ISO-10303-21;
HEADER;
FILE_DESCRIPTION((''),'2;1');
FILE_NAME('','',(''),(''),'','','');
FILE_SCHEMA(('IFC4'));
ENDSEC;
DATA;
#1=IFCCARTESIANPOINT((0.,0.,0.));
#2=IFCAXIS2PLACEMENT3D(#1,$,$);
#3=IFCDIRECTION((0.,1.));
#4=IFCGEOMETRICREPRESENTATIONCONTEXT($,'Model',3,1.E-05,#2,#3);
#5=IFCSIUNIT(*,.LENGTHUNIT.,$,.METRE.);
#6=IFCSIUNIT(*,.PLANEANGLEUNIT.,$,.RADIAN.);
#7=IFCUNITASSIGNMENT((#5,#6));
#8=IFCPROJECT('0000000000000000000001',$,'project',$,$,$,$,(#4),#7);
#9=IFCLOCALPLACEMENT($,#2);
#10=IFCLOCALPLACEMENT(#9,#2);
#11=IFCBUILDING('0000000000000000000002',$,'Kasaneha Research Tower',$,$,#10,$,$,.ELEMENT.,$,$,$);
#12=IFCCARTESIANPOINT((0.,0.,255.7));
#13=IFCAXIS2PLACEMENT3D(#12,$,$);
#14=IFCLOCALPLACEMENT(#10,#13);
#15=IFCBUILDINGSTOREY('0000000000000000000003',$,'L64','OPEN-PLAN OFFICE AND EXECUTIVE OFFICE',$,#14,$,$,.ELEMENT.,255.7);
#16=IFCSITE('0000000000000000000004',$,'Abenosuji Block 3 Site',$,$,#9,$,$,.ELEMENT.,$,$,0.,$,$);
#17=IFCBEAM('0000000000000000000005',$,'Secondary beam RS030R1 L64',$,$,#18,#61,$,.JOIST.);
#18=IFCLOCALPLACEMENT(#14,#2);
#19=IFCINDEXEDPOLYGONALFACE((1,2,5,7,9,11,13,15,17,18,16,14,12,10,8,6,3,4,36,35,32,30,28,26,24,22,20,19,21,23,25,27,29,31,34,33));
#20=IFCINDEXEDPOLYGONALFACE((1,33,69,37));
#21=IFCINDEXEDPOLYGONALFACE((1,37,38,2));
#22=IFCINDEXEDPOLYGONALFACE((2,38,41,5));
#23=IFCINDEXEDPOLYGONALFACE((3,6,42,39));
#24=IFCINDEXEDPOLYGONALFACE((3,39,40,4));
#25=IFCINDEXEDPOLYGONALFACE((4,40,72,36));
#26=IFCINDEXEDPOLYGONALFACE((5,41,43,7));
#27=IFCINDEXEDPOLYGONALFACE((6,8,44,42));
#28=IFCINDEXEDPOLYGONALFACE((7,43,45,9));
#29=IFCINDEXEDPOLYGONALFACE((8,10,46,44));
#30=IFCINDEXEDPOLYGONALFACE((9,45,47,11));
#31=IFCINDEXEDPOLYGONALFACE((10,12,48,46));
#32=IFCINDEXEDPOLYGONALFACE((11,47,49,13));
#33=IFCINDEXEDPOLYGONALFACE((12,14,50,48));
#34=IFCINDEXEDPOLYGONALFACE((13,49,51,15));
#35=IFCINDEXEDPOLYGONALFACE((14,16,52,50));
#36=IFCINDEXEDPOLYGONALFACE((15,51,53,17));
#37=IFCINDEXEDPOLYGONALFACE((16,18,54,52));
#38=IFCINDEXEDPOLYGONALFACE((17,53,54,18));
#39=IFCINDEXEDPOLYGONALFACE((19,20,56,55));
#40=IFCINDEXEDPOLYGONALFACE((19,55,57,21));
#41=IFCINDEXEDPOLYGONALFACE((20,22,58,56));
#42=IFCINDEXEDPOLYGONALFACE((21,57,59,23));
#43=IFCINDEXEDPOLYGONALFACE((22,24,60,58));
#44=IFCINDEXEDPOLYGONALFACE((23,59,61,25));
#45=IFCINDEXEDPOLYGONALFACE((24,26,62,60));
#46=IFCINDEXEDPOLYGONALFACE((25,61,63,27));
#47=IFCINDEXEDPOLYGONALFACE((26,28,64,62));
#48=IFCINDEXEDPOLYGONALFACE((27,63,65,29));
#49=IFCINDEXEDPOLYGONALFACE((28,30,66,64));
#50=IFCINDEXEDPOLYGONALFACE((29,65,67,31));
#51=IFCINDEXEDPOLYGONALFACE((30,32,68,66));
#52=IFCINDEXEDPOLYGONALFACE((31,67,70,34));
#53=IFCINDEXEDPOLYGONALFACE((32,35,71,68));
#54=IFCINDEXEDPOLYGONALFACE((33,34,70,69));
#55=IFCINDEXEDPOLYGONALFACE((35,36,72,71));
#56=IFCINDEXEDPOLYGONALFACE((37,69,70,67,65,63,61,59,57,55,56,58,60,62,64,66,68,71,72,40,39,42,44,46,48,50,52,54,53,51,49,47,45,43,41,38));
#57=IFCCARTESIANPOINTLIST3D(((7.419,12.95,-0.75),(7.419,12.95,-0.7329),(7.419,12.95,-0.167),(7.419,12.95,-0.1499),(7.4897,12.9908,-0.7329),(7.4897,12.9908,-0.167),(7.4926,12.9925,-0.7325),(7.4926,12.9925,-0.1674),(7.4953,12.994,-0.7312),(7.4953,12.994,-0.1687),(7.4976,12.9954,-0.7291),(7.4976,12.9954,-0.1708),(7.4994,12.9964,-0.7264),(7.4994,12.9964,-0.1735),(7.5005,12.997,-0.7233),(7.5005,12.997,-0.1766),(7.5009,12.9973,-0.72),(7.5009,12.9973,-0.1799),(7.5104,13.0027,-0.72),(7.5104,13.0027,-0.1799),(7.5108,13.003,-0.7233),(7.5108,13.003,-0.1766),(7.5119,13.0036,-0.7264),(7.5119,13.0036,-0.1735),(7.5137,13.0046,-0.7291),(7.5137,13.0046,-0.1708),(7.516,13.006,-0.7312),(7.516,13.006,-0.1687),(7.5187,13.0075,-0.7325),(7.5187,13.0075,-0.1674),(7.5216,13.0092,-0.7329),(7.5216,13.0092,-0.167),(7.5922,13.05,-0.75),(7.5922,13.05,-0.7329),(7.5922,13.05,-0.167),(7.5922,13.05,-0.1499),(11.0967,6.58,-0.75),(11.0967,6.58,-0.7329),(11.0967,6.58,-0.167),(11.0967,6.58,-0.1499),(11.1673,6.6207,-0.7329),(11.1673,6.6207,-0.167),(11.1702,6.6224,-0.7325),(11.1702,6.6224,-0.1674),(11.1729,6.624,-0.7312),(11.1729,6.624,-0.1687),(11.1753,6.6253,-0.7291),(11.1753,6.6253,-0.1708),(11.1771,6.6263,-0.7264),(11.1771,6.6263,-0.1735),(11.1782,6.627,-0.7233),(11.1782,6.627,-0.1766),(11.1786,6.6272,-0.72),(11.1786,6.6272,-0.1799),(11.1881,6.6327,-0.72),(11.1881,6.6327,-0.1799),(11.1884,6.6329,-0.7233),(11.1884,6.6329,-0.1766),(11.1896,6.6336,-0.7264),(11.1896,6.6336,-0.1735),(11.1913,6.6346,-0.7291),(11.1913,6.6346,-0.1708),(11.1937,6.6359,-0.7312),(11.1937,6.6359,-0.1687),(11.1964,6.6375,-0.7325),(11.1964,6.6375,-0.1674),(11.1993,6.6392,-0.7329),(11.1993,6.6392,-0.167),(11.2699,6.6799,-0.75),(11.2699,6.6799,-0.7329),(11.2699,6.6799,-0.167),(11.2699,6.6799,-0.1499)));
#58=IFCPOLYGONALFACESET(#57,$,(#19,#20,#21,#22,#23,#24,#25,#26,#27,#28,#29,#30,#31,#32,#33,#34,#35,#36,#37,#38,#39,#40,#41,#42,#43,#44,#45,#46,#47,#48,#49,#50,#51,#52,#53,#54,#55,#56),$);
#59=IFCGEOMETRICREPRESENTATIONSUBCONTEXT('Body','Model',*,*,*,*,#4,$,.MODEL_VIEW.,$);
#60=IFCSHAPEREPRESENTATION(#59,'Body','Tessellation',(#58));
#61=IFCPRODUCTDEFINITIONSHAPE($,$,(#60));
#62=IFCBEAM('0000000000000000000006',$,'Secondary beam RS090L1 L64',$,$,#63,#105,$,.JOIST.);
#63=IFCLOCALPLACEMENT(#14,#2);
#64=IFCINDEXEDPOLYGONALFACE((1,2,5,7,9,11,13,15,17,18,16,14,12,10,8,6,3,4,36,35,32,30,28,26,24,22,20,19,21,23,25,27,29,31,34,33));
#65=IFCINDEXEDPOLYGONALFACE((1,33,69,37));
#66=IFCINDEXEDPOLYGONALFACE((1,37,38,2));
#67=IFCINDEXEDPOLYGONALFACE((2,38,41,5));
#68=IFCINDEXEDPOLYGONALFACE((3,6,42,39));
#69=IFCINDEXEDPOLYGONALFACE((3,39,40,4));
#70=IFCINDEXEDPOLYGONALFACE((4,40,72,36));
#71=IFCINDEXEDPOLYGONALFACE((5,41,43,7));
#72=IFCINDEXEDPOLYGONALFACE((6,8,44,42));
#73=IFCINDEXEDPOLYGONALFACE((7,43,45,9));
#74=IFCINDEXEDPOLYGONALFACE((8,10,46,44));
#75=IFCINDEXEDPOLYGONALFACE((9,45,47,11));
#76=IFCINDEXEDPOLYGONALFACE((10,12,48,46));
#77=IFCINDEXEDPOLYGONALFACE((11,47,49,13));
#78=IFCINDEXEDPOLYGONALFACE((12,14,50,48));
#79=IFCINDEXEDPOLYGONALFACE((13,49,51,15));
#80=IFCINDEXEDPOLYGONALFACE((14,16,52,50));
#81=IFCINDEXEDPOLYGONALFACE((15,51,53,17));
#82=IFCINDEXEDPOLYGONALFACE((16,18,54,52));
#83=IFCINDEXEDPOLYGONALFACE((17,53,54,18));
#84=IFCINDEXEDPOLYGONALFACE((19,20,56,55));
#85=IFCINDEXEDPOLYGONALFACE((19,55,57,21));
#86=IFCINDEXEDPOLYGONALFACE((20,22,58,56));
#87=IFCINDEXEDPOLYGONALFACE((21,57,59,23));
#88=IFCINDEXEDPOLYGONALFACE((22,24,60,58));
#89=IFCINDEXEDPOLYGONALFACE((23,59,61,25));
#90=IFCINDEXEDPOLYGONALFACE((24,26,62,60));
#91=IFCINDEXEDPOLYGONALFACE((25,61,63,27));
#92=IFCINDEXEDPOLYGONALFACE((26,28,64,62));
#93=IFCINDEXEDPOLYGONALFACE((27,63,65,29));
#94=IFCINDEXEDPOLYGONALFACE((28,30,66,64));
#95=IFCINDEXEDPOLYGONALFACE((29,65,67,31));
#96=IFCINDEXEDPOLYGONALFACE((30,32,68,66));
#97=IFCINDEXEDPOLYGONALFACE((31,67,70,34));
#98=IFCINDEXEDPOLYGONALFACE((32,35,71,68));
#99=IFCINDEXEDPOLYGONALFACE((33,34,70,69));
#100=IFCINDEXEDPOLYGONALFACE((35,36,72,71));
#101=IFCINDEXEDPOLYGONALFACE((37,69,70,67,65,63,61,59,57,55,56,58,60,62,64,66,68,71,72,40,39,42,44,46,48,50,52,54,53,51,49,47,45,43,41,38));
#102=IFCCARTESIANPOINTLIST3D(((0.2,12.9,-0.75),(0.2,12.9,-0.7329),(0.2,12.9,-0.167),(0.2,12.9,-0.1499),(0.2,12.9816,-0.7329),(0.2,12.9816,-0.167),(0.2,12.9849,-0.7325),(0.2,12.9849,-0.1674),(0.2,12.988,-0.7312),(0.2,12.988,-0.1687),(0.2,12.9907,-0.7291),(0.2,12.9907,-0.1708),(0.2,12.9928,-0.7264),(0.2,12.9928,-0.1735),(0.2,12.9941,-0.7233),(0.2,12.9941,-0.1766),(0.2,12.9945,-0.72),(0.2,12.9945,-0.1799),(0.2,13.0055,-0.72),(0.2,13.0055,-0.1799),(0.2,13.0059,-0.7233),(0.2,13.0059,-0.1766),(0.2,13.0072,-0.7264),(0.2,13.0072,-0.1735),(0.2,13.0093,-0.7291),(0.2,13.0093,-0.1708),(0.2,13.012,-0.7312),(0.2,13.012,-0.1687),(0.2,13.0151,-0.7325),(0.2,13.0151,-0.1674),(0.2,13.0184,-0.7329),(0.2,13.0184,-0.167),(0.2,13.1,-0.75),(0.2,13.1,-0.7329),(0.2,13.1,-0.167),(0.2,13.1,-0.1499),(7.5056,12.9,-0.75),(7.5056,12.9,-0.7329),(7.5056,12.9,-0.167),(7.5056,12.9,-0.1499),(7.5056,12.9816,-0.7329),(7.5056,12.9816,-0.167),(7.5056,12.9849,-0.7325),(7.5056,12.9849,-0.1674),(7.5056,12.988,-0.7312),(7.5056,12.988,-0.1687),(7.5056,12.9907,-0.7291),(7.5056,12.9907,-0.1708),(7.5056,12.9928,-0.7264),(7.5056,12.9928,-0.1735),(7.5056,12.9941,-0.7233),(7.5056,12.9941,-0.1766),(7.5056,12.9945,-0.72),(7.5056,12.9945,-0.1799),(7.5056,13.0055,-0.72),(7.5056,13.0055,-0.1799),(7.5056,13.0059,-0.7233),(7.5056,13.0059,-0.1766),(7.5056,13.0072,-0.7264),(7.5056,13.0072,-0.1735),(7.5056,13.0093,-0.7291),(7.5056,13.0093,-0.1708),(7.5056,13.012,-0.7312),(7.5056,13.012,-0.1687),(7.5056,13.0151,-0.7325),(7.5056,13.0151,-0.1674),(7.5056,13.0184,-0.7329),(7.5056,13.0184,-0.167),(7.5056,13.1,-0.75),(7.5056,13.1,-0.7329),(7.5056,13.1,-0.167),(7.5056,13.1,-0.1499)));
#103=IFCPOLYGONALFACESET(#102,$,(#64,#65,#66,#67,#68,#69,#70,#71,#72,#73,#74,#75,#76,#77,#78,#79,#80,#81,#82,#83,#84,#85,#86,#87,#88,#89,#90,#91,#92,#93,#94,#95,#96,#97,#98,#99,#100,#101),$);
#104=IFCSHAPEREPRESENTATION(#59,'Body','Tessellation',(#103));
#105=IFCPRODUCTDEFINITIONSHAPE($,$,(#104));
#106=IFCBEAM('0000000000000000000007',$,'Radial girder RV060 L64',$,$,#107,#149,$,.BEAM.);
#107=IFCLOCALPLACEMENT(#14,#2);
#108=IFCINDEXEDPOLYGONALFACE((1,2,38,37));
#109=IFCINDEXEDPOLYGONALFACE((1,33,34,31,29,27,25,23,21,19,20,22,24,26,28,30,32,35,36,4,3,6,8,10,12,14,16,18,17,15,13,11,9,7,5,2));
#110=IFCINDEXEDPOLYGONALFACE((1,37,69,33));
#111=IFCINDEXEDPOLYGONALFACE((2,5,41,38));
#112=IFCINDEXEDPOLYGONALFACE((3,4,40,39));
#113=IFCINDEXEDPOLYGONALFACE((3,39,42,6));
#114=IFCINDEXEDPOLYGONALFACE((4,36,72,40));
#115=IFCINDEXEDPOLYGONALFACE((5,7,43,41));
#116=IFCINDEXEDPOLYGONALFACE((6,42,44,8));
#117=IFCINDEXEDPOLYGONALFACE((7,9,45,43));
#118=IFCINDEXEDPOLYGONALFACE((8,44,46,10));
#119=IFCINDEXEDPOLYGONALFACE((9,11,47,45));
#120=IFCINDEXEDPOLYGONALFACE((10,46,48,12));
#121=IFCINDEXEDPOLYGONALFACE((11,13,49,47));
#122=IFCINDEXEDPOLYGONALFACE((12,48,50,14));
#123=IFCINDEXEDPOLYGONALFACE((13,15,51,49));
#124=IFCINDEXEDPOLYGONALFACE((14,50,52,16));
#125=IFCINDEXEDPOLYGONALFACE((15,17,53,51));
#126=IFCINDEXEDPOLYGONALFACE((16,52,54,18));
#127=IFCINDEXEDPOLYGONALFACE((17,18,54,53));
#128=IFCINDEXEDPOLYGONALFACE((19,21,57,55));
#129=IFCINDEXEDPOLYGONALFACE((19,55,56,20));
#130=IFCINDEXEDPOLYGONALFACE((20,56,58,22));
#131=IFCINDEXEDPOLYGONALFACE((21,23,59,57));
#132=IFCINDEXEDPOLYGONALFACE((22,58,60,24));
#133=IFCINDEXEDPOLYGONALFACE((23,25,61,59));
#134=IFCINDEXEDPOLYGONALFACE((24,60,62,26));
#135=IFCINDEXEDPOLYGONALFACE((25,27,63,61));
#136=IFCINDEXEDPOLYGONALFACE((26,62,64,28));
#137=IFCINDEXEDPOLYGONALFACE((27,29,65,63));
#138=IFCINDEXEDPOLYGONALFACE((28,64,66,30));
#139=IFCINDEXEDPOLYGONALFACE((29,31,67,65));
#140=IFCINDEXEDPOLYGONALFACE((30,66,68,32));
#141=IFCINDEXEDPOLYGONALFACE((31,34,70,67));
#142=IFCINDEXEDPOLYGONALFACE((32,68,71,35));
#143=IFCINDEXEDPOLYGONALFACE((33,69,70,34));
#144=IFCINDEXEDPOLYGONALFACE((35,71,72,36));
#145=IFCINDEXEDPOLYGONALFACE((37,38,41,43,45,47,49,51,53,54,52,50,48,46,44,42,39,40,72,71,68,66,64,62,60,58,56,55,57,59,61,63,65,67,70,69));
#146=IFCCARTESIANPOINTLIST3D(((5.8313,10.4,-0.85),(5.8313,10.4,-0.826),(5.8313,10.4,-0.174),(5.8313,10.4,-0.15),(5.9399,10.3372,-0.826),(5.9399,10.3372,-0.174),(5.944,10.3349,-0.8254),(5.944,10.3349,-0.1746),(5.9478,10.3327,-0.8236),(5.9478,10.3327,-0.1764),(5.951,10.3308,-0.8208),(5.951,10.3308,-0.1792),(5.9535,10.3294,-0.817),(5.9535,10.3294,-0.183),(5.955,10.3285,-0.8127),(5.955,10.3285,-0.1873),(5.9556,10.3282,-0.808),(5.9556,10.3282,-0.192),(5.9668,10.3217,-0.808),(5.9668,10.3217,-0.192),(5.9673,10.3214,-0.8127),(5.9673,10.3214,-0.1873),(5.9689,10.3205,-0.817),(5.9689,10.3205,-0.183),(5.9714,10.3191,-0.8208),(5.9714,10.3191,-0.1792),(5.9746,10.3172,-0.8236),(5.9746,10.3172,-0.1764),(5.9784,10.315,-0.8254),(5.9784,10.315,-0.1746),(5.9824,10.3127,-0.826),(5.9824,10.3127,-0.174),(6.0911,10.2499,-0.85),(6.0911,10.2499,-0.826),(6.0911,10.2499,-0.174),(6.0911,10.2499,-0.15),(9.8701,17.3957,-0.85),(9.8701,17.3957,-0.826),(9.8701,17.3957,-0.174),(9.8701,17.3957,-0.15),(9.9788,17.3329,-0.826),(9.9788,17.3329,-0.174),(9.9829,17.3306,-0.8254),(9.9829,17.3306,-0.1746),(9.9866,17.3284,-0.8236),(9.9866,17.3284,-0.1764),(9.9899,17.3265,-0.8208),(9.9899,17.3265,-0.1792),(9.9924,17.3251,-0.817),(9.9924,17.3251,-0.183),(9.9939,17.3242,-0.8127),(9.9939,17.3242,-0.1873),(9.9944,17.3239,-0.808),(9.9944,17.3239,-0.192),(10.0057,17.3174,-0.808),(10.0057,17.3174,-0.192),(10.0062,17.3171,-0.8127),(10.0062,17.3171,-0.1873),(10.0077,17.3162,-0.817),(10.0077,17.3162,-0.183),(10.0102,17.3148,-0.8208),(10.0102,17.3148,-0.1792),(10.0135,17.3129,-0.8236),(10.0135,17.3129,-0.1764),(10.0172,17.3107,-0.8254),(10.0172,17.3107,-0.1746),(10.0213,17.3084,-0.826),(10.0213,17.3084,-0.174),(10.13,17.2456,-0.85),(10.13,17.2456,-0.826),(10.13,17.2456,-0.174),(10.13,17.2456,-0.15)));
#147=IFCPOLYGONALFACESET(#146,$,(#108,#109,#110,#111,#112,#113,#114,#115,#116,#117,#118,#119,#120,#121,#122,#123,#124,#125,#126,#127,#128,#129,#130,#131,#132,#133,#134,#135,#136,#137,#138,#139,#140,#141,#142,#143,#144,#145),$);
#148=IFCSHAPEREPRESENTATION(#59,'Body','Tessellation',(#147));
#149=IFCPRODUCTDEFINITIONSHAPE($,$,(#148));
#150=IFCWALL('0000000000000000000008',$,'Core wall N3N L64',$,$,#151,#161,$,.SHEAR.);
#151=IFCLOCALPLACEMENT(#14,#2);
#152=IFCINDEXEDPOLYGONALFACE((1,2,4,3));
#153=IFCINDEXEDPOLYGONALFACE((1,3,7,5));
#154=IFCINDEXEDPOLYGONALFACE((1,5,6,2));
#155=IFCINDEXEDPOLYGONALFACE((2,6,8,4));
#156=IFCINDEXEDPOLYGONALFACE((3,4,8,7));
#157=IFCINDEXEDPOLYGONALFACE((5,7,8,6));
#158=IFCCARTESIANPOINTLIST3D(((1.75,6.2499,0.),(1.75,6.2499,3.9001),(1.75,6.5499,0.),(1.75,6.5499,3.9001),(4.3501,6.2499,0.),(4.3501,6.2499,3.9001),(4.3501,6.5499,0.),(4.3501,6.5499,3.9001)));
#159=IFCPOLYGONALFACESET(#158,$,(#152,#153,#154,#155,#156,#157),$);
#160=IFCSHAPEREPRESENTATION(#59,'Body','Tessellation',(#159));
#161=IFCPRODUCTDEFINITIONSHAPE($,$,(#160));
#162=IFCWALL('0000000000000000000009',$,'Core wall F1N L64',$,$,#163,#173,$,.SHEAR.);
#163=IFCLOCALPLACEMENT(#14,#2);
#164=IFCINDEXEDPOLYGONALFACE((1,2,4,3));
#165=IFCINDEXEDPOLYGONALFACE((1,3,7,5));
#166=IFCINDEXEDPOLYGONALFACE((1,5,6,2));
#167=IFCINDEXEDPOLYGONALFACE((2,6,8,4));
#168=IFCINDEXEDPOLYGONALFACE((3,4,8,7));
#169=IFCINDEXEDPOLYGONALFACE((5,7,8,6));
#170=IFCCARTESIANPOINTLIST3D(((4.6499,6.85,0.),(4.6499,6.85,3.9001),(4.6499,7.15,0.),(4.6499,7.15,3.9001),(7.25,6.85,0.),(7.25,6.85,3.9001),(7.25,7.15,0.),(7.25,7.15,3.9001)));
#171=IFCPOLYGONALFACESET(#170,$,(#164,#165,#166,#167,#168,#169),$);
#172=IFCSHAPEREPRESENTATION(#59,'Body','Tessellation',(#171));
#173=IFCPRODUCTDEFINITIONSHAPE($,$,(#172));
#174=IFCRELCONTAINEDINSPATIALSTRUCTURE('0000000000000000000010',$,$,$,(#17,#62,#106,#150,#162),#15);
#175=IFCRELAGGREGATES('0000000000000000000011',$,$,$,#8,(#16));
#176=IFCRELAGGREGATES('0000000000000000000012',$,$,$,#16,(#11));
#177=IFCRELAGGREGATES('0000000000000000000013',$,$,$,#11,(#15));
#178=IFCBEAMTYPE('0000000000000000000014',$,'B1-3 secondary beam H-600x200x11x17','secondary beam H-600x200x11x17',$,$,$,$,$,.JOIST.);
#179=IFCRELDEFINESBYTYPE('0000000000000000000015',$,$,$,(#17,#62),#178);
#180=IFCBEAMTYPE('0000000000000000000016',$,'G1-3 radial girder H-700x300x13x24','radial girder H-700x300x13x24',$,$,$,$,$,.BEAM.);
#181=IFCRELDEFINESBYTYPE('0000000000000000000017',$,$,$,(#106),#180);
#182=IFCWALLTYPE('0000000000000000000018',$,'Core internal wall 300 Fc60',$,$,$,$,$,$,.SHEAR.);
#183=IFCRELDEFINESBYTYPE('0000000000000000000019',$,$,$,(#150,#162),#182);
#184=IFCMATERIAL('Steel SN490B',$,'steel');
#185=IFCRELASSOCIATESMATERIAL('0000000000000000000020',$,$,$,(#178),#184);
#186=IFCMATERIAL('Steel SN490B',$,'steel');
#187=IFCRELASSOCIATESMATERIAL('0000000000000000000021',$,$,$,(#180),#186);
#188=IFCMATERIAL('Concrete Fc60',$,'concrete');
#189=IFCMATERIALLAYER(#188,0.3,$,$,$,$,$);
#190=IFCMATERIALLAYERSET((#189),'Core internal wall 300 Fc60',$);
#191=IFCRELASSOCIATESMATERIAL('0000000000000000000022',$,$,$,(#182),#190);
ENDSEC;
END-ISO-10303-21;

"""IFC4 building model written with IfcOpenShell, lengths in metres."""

from ifc_helpers import new_model, si_unit, direction, frame, frame_2d, origin, origin_2d, place, context, subcontext, project, spatial, rectangle, i_section, extrude, material, layer, layer_set, material_profile, profile_set, type_object, element, save


model = new_model("IFC4")

# Units and contexts
model_context = context("Model", 3, precision=1e-05, world=origin(), true_north=direction((0.0, 1.0)))
body_context = subcontext(model_context, "Body", "Model", "MODEL_VIEW")
ifc_project = project(units=[si_unit("LENGTHUNIT", "METRE"), si_unit("PLANEANGLEUNIT", "RADIAN")], contexts=[model_context])

# Site, building, storey
site_placement = place(None, origin())
site = spatial("IfcSite", under=ifc_project, at=site_placement, Name="Abenosuji Block 3 Site", CompositionType="ELEMENT", RefElevation=0.0)
building_placement = place(site_placement, origin())
building = spatial("IfcBuilding", under=site, at=building_placement, Name="Kasaneha Research Tower", CompositionType="ELEMENT")
storey_placement = place(building_placement, frame((0.0, 0.0, 255.7)))
storey = spatial("IfcBuildingStorey", under=building, at=storey_placement, Name="L64", Description="OPEN-PLAN OFFICE AND EXECUTIVE OFFICE", CompositionType="ELEMENT", Elevation=255.7)

# Beams
ifc_material_1 = material(Name="Steel SN490B", Category="steel")
ifc_material_profile_1 = material_profile(ifc_material_1, i_section(OverallWidth=0.2, OverallDepth=0.6001, WebThickness=0.011, FlangeThickness=0.0171, FilletRadius=0.0129, at=origin_2d()), Name="H-600x200x11x17")
ifc_profile_set_1 = profile_set([ifc_material_profile_1], Name="Steel SN490B")
beam_type_1 = type_object("IfcBeamType", Name="B1-3 secondary beam H-600x200x11x17", Description="secondary beam H-600x200x11x17", PredefinedType="JOIST", material=ifc_profile_set_1)
beam_1_placement = place(storey_placement, frame((7.5056, 13.0, -0.45), z_axis=(0.499994, -0.866029, 0.0), x_axis=(0.866029, 0.499994, 0.0)))
element("IfcBeam", 1, at=beam_1_placement, inside=storey, type_object=beam_type_1, Name="Secondary beam RS030R1 L64", PredefinedType="JOIST", context=body_context, shape_type="SweptSolid", body=[
    extrude(i_section(OverallWidth=0.2, OverallDepth=0.6001, WebThickness=0.011, FlangeThickness=0.0171, FilletRadius=0.0129, at=origin_2d()), origin(), (0.0, 0.0, 1.0), 7.3555),
])
beam_2_placement = place(storey_placement, frame((7.5056, 13.0, -0.45), z_axis=(-1.0, 0.0, 0.0), x_axis=(0.0, -1.0, 0.0)))
element("IfcBeam", 2, at=beam_2_placement, inside=storey, type_object=beam_type_1, Name="Secondary beam RS090L1 L64", PredefinedType="JOIST", context=body_context, shape_type="SweptSolid", body=[
    extrude(i_section(OverallWidth=0.2, OverallDepth=0.6001, WebThickness=0.011, FlangeThickness=0.0171, FilletRadius=0.0129, at=origin_2d()), origin(), (0.0, 0.0, 1.0), 7.3057),
])
ifc_material_2 = material(Name="Steel SN490B", Category="steel")
ifc_material_profile_2 = material_profile(ifc_material_2, i_section(OverallWidth=0.3, OverallDepth=0.7, WebThickness=0.0129, FlangeThickness=0.0239, FilletRadius=0.0181, at=origin_2d()), Name="H-700x300x13x24")
ifc_profile_set_2 = profile_set([ifc_material_profile_2], Name="Steel SN490B")
beam_type_2 = type_object("IfcBeamType", Name="G1-3 radial girder H-700x300x13x24", Description="radial girder H-700x300x13x24", PredefinedType="BEAM", material=ifc_profile_set_2)
beam_3_placement = place(storey_placement, frame((5.9612, 10.325, -0.5), z_axis=(0.499991, 0.866031, 0.0), x_axis=(-0.866031, 0.499991, 0.0)))
element("IfcBeam", 3, at=beam_3_placement, inside=storey, type_object=beam_type_2, Name="Radial girder RV060 L64", PredefinedType="BEAM", context=body_context, shape_type="SweptSolid", body=[
    extrude(i_section(OverallWidth=0.3, OverallDepth=0.7, WebThickness=0.0129, FlangeThickness=0.0239, FilletRadius=0.0181, at=origin_2d()), origin(), (0.0, 0.0, 1.0), 8.0779),
])

# Walls
ifc_material_3 = material(Name="Concrete Fc60", Category="concrete")
ifc_layer_1 = layer(ifc_material_3, 0.3)
ifc_layer_set_1 = layer_set([ifc_layer_1], Name="Core internal wall 300 Fc60")
wall_type_1 = type_object("IfcWallType", Name="Core internal wall 300 Fc60", PredefinedType="SHEAR", material=ifc_layer_set_1)
for number, where, z_axis, x_axis, name in (
    (4, (1.75, 6.3999, 0.0), (0.0, 0.0, 1.0), (1.0, 0.0, 0.0), "Core wall N3N L64"),
    (5, (4.6499, 7.0, 0.0), (0.0, 0.0, 1.0), (1.0, 0.0, 0.0), "Core wall F1N L64"),
):
    element("IfcWall", number, at=place(storey_placement, frame(where, z_axis=z_axis, x_axis=x_axis)), inside=storey, type_object=wall_type_1, Name=name, PredefinedType="SHEAR", context=body_context, shape_type="SweptSolid", body=[
        extrude(rectangle(XDim=2.6001, YDim=0.3, at=frame_2d((1.3, 0.0))), origin(), (0.0, 0.0, 1.0), 3.9001),
    ])

save(model, "model.ifc")
